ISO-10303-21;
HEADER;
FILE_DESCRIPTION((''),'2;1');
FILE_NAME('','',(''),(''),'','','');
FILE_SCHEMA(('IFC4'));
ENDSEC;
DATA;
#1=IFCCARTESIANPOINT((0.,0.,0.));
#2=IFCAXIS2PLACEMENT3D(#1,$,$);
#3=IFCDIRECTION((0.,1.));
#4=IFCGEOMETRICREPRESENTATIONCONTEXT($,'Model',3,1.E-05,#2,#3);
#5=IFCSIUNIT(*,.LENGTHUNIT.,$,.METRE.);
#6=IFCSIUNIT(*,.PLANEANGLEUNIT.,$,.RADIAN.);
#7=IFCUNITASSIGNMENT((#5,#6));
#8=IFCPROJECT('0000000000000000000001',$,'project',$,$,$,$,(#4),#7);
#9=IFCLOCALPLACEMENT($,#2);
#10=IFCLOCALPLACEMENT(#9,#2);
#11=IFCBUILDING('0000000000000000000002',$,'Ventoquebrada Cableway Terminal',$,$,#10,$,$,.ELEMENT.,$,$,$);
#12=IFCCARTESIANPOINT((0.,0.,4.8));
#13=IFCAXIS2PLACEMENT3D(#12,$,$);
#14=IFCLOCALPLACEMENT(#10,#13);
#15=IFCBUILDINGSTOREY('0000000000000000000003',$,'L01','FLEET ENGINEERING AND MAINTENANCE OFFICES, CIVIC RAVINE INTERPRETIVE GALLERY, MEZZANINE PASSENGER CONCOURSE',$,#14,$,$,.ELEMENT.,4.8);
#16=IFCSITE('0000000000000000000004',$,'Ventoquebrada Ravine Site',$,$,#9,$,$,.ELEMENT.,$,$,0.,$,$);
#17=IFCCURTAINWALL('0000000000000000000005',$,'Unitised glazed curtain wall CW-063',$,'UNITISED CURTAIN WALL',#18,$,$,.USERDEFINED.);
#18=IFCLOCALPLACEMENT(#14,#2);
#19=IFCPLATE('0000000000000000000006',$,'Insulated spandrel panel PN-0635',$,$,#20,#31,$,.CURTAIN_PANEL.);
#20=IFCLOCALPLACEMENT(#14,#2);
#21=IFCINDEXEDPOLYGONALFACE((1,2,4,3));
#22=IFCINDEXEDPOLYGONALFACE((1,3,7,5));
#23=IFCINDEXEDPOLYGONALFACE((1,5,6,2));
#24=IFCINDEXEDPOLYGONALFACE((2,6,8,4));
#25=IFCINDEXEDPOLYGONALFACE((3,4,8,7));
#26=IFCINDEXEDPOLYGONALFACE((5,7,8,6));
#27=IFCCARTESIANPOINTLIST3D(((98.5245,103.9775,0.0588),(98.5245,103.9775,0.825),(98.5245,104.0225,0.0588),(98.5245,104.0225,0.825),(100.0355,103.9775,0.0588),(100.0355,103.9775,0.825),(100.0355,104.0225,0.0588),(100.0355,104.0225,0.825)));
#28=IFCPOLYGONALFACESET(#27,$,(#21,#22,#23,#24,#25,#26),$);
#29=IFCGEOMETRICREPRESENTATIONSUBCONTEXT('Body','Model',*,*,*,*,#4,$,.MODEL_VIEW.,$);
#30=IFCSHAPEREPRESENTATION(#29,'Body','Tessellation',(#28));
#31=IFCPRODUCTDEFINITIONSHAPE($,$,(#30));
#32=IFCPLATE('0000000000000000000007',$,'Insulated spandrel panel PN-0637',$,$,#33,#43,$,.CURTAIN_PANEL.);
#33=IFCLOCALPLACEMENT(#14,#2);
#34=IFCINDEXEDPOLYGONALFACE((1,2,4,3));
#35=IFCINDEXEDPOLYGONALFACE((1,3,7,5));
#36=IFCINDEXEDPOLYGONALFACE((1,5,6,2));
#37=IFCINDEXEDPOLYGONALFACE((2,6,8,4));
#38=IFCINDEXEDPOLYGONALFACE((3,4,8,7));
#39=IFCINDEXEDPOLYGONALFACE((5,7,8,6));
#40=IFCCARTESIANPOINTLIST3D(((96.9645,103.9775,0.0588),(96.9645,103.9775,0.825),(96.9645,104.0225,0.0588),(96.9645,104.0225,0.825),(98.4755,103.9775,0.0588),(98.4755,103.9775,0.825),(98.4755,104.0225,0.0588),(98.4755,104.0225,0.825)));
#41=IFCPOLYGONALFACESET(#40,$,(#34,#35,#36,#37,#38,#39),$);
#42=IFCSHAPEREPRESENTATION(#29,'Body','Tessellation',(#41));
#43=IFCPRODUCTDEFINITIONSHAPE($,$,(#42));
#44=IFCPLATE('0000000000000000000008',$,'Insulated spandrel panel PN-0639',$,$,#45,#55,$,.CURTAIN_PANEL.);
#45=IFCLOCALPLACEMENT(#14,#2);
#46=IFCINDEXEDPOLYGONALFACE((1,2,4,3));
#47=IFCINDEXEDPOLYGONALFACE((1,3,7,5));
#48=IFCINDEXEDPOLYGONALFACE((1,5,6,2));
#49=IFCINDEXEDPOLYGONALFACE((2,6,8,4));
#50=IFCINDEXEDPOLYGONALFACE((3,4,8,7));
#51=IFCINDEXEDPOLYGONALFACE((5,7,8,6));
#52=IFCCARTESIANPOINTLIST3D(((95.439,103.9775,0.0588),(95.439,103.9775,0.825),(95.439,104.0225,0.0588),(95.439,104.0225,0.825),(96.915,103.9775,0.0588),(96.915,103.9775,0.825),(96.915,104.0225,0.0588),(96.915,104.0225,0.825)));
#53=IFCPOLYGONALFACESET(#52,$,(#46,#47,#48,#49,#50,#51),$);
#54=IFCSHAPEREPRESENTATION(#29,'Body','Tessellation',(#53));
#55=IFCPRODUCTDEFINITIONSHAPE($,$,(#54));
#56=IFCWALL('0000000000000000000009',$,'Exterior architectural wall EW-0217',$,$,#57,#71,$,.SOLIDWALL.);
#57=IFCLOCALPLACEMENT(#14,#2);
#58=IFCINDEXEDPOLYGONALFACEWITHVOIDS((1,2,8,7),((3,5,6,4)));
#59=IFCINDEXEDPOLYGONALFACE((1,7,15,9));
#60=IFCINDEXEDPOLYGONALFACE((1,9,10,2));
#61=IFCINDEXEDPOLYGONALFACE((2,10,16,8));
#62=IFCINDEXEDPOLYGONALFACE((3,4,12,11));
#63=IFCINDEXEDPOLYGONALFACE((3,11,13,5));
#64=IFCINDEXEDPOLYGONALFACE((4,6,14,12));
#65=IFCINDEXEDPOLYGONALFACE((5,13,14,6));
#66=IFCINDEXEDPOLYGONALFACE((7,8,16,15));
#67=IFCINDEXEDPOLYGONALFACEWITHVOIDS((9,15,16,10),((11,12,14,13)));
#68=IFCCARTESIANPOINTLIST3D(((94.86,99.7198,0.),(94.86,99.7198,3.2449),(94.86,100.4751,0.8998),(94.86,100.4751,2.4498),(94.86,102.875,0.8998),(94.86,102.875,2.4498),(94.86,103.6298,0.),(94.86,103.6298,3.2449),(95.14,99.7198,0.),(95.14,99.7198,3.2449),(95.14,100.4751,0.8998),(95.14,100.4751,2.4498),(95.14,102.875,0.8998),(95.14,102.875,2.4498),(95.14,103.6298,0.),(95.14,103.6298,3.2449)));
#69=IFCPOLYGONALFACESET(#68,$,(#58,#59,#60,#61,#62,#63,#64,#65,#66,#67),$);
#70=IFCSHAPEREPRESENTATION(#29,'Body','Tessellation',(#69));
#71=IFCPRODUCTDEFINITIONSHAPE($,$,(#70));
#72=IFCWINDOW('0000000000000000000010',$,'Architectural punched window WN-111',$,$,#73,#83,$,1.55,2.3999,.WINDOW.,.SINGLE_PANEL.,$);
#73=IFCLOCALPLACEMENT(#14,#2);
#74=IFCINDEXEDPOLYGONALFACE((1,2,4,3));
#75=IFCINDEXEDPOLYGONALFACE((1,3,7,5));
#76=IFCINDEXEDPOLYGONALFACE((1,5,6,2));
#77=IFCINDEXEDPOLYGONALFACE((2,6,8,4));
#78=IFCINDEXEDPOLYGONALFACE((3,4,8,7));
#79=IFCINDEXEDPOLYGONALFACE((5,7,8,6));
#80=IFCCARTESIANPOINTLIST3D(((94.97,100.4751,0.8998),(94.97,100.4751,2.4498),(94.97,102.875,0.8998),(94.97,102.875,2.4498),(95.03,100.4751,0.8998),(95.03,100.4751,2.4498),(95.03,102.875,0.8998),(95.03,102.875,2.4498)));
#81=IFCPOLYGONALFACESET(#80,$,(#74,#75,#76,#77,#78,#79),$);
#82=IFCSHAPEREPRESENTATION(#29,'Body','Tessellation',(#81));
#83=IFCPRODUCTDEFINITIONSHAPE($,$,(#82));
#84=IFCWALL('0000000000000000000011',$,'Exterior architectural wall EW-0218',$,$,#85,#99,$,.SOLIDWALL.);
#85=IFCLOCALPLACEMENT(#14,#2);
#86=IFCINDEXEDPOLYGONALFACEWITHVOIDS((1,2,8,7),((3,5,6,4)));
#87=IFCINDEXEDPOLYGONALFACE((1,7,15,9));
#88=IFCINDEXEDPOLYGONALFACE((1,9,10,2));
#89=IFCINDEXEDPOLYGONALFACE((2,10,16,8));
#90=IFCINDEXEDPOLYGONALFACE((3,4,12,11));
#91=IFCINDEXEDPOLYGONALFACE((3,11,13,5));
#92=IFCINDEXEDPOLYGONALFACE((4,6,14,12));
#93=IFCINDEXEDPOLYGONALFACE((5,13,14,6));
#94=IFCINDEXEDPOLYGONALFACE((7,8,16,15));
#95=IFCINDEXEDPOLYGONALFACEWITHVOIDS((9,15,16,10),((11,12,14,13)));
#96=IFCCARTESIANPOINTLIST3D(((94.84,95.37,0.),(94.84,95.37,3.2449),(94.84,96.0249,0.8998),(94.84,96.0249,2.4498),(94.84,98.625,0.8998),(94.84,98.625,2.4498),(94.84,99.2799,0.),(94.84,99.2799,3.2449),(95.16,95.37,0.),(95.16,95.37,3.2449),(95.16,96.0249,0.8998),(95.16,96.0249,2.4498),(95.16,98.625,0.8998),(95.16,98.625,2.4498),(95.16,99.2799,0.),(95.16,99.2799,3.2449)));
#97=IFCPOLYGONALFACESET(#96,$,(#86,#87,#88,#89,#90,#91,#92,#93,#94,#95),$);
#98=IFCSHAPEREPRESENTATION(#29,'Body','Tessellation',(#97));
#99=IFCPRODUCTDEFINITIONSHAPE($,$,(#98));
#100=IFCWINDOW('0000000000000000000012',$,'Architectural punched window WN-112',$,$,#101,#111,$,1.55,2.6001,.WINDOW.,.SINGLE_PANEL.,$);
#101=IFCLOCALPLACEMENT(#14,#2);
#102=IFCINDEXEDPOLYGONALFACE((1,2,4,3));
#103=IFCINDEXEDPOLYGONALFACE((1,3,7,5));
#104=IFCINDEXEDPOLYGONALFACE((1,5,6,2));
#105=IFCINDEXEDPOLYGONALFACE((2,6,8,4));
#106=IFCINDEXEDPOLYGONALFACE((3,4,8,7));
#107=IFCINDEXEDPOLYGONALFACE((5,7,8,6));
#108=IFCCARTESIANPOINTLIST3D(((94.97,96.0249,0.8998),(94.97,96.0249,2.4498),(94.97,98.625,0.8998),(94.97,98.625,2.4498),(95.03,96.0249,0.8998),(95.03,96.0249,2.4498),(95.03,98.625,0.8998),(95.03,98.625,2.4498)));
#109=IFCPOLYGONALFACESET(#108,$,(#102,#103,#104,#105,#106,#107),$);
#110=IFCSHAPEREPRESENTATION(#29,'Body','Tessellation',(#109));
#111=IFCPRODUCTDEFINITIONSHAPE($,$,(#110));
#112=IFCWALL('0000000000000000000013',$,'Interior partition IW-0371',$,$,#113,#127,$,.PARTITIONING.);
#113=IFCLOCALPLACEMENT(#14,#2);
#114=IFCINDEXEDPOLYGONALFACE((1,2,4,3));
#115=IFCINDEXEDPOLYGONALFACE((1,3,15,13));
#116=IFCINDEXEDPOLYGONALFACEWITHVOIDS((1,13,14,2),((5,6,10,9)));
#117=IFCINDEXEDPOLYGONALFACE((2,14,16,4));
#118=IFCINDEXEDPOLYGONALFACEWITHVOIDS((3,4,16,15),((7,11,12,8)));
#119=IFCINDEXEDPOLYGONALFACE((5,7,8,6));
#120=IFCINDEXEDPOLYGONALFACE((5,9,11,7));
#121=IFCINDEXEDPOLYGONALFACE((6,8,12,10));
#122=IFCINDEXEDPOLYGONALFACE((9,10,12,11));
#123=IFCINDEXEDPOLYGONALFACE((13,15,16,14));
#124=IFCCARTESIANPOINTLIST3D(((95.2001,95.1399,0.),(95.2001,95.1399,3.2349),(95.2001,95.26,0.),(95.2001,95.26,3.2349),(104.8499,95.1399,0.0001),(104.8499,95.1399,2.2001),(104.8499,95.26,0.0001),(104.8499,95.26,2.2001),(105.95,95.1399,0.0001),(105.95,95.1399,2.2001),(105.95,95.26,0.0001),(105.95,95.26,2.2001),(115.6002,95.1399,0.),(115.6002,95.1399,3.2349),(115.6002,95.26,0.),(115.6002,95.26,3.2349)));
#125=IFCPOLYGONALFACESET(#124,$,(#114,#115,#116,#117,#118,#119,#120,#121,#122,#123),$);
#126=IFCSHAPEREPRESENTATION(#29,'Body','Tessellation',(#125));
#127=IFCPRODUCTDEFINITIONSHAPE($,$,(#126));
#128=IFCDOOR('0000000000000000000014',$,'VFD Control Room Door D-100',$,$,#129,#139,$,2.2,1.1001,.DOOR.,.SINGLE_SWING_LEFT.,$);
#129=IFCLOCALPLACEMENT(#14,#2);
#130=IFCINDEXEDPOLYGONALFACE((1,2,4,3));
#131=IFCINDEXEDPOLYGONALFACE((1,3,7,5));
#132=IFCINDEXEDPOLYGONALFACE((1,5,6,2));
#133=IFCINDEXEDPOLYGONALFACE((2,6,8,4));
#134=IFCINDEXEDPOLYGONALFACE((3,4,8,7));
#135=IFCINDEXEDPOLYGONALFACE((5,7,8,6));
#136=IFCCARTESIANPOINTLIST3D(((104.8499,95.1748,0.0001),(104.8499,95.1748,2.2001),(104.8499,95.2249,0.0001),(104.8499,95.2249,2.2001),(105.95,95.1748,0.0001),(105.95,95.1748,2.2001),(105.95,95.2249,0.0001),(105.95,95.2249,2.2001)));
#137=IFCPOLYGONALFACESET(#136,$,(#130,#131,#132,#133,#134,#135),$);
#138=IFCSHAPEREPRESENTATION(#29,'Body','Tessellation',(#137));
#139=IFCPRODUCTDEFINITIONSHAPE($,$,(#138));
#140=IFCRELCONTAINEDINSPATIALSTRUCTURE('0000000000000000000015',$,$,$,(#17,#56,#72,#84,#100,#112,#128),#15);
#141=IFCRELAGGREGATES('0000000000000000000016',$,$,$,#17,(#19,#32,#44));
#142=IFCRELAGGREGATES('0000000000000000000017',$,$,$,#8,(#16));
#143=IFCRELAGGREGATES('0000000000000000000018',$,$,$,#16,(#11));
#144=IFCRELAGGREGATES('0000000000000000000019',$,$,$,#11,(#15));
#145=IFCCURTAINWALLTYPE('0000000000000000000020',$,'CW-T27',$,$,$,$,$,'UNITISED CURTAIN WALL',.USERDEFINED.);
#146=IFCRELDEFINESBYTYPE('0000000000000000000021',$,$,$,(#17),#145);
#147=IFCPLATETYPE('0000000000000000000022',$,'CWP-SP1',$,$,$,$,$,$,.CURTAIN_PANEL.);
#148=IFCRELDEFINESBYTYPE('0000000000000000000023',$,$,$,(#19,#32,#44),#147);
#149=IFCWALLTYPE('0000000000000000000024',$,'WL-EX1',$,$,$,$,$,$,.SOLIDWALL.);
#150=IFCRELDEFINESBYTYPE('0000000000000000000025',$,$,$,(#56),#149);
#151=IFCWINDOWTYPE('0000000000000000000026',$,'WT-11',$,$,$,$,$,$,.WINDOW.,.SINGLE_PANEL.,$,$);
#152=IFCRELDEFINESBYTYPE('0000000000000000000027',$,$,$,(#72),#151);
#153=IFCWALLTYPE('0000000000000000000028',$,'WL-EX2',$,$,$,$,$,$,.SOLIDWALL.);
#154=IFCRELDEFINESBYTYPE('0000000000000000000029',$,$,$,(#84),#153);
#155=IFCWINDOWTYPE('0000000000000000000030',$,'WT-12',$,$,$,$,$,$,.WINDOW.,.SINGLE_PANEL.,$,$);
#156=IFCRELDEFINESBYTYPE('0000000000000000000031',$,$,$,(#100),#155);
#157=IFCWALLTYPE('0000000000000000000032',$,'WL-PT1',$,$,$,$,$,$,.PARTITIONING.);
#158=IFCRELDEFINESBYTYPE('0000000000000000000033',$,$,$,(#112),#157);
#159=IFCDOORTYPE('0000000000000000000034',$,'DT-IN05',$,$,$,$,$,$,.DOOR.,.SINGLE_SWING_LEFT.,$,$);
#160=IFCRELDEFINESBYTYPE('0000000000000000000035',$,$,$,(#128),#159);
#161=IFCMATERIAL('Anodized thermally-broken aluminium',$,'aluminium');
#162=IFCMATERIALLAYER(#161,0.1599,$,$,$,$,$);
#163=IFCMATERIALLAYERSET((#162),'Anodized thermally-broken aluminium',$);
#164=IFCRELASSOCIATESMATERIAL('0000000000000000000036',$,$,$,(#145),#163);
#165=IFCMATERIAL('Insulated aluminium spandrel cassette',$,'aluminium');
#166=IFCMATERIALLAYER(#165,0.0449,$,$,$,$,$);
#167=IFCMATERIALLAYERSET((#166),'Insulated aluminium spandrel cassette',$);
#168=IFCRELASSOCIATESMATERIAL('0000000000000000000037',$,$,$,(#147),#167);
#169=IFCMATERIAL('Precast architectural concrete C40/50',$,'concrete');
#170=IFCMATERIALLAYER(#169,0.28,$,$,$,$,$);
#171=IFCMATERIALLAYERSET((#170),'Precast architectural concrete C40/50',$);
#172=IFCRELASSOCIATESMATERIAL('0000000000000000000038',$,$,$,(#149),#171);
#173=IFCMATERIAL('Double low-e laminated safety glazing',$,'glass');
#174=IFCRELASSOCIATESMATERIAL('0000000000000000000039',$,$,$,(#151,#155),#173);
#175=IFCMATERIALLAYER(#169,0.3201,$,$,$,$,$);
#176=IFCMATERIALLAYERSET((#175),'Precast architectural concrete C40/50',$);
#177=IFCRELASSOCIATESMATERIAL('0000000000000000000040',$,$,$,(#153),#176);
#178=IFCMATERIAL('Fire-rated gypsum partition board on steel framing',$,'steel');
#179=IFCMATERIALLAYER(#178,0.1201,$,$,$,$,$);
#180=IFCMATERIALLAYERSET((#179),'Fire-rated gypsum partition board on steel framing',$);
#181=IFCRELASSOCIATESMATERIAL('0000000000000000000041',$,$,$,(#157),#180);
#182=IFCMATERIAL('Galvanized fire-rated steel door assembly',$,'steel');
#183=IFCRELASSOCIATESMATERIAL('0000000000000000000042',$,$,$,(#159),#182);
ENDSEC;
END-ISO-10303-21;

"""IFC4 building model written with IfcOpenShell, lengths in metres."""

from ifc_helpers import new_model, si_unit, direction, frame, frame_2d, origin, origin_2d, place, context, subcontext, project, spatial, rectangle, extrude, material, layer, layer_set, type_object, element, fill, aggregate, save


model = new_model("IFC4")

# Units and contexts
model_context = context("Model", 3, precision=1e-05, world=origin(), true_north=direction((0.0, 1.0)))
body_context = subcontext(model_context, "Body", "Model", "MODEL_VIEW")
ifc_project = project(units=[si_unit("LENGTHUNIT", "METRE"), si_unit("PLANEANGLEUNIT", "RADIAN")], contexts=[model_context])

# Site, building, storey
site_placement = place(None, origin())
site = spatial("IfcSite", under=ifc_project, at=site_placement, Name="Ventoquebrada Ravine Site", CompositionType="ELEMENT", RefElevation=0.0)
building_placement = place(site_placement, origin())
building = spatial("IfcBuilding", under=site, at=building_placement, Name="Ventoquebrada Cableway Terminal", CompositionType="ELEMENT")
storey_placement = place(building_placement, frame((0.0, 0.0, 4.8)))
storey = spatial("IfcBuildingStorey", under=building, at=storey_placement, Name="L01", Description="FLEET ENGINEERING AND MAINTENANCE OFFICES, CIVIC RAVINE INTERPRETIVE GALLERY, MEZZANINE PASSENGER CONCOURSE", CompositionType="ELEMENT", Elevation=4.8)

# Curtain wall, plates
ifc_material_1 = material(Name="Anodized thermally-broken aluminium", Category="aluminium")
ifc_layer_1 = layer(ifc_material_1, 0.1599)
ifc_layer_set_1 = layer_set([ifc_layer_1], Name="Anodized thermally-broken aluminium")
curtain_wall_type = type_object("IfcCurtainWallType", Name="CW-T27", ElementType="UNITISED CURTAIN WALL", PredefinedType="USERDEFINED", material=ifc_layer_set_1)
curtain_wall_placement = place(storey_placement, origin())
curtain_wall = element("IfcCurtainWall", 1, at=curtain_wall_placement, inside=storey, type_object=curtain_wall_type, Name="Unitised glazed curtain wall CW-063", ObjectType="UNITISED CURTAIN WALL", PredefinedType="USERDEFINED")
ifc_material_2 = material(Name="Double low-e laminated safety glazing", Category="glass")
ifc_material_3 = material(Name="Insulated aluminium spandrel cassette", Category="aluminium")
ifc_layer_2 = layer(ifc_material_3, 0.0449)
ifc_layer_set_2 = layer_set([ifc_layer_2], Name="Insulated aluminium spandrel cassette")
plate_type_1 = type_object("IfcPlateType", Name="CWP-SP1", PredefinedType="CURTAIN_PANEL", material=ifc_layer_set_2)
plate_1_placement = place(storey_placement, frame((99.28, 104.0, 0.0588), z_axis=(0.0, 0.0, 1.0), x_axis=(-1.0, 0.0, 0.0)))
plate_1 = element("IfcPlate", 2, at=plate_1_placement, type_object=plate_type_1, Name="Insulated spandrel panel PN-0635", PredefinedType="CURTAIN_PANEL", context=body_context, shape_type="SweptSolid", body=[
    extrude(rectangle(XDim=1.511, YDim=0.0449, at=origin_2d()), origin(), (0.0, 0.0, 1.0), 0.7661),
])
plate_2_placement = place(storey_placement, frame((97.72, 104.0, 0.0588), z_axis=(0.0, 0.0, 1.0), x_axis=(-1.0, 0.0, 0.0)))
plate_2 = element("IfcPlate", 3, at=plate_2_placement, type_object=plate_type_1, Name="Insulated spandrel panel PN-0637", PredefinedType="CURTAIN_PANEL", context=body_context, shape_type="SweptSolid", body=[
    extrude(rectangle(XDim=1.511, YDim=0.0449, at=origin_2d()), origin(), (0.0, 0.0, 1.0), 0.7661),
])
plate_3_placement = place(storey_placement, frame((96.177, 104.0, 0.0588), z_axis=(0.0, 0.0, 1.0), x_axis=(-1.0, 0.0, 0.0)))
plate_3 = element("IfcPlate", 4, at=plate_3_placement, type_object=plate_type_1, Name="Insulated spandrel panel PN-0639", PredefinedType="CURTAIN_PANEL", context=body_context, shape_type="SweptSolid", body=[
    extrude(rectangle(XDim=1.4761, YDim=0.0449, at=origin_2d()), origin(), (0.0, 0.0, 1.0), 0.7661),
])
aggregate(curtain_wall, [plate_1, plate_2, plate_3])

# Walls, openings, windows
ifc_material_4 = material(Name="Precast architectural concrete C40/50", Category="concrete")
ifc_layer_3 = layer(ifc_material_4, 0.28)
ifc_layer_set_3 = layer_set([ifc_layer_3], Name="Precast architectural concrete C40/50")
wall_type_1 = type_object("IfcWallType", Name="WL-EX1", PredefinedType="SOLIDWALL", material=ifc_layer_set_3)
wall_1_placement = place(storey_placement, frame((95.0, 103.6299, 0.0), z_axis=(0.0, 0.0, 1.0), x_axis=(0.0, -1.0, 0.0)))
wall_1 = element("IfcWall", 5, at=wall_1_placement, inside=storey, type_object=wall_type_1, Name="Exterior architectural wall EW-0217", PredefinedType="SOLIDWALL", context=body_context, shape_type="SweptSolid", body=[
    extrude(rectangle(XDim=3.9099, YDim=0.28, at=frame_2d((1.9551, 0.0))), origin(), (0.0, 0.0, 1.0), 3.2449),
])
opening_1_placement = place(wall_1_placement, frame((0.7549, 0.0, 0.8999)))
opening_1 = element("IfcOpeningElement", 6, at=opening_1_placement, cuts=wall_1, PredefinedType="OPENING", context=body_context, shape_type="SweptSolid", body=[
    extrude(rectangle(XDim=2.3999, YDim=1.55, at=frame_2d((1.2, 0.7749))), frame((0.0, 0.1499, 0.0), z_axis=(0.0, -1.0, 0.0), x_axis=(1.0, 0.0, 0.0)), (0.0, 0.0, 1.0), 0.3),
])
window_type_1 = type_object("IfcWindowType", Name="WT-11", PartitioningType="SINGLE_PANEL", PredefinedType="WINDOW", material=ifc_material_2)
window_1_placement = place(opening_1_placement, origin())
window_1 = element("IfcWindow", 7, at=window_1_placement, inside=storey, type_object=window_type_1, Name="Architectural punched window WN-111", OverallHeight=1.55, OverallWidth=2.3999, PartitioningType="SINGLE_PANEL", PredefinedType="WINDOW", context=body_context, shape_type="SweptSolid", body=[
    extrude(rectangle(XDim=2.3999, YDim=1.55, at=frame_2d((1.2, 0.7749))), frame((0.0, 0.03, 0.0), z_axis=(0.0, -1.0, 0.0), x_axis=(1.0, 0.0, 0.0)), (0.0, 0.0, 1.0), 0.0601),
])
fill(opening_1, window_1)
ifc_layer_4 = layer(ifc_material_4, 0.3201)
ifc_layer_set_4 = layer_set([ifc_layer_4], Name="Precast architectural concrete C40/50")
wall_type_2 = type_object("IfcWallType", Name="WL-EX2", PredefinedType="SOLIDWALL", material=ifc_layer_set_4)
wall_2_placement = place(storey_placement, frame((95.0, 99.28, 0.0), z_axis=(0.0, 0.0, 1.0), x_axis=(0.0, -1.0, 0.0)))
wall_2 = element("IfcWall", 8, at=wall_2_placement, inside=storey, type_object=wall_type_2, Name="Exterior architectural wall EW-0218", PredefinedType="SOLIDWALL", context=body_context, shape_type="SweptSolid", body=[
    extrude(rectangle(XDim=3.9099, YDim=0.3201, at=frame_2d((1.9551, 0.0))), origin(), (0.0, 0.0, 1.0), 3.2449),
])
opening_2_placement = place(wall_2_placement, frame((0.655, 0.0, 0.8999)))
opening_2 = element("IfcOpeningElement", 9, at=opening_2_placement, cuts=wall_2, PredefinedType="OPENING", context=body_context, shape_type="SweptSolid", body=[
    extrude(rectangle(XDim=2.6001, YDim=1.55, at=frame_2d((1.3, 0.7749))), frame((0.0, 0.1699, 0.0), z_axis=(0.0, -1.0, 0.0), x_axis=(1.0, 0.0, 0.0)), (0.0, 0.0, 1.0), 0.3401),
])
window_type_2 = type_object("IfcWindowType", Name="WT-12", PartitioningType="SINGLE_PANEL", PredefinedType="WINDOW", material=ifc_material_2)
window_2_placement = place(opening_2_placement, origin())
window_2 = element("IfcWindow", 10, at=window_2_placement, inside=storey, type_object=window_type_2, Name="Architectural punched window WN-112", OverallHeight=1.55, OverallWidth=2.6001, PartitioningType="SINGLE_PANEL", PredefinedType="WINDOW", context=body_context, shape_type="SweptSolid", body=[
    extrude(rectangle(XDim=2.6001, YDim=1.55, at=frame_2d((1.3, 0.7749))), frame((0.0, 0.03, 0.0), z_axis=(0.0, -1.0, 0.0), x_axis=(1.0, 0.0, 0.0)), (0.0, 0.0, 1.0), 0.0601),
])
fill(opening_2, window_2)

# Wall, opening, door
ifc_material_5 = material(Name="Fire-rated gypsum partition board on steel framing", Category="steel")
ifc_layer_5 = layer(ifc_material_5, 0.1201)
ifc_layer_set_5 = layer_set([ifc_layer_5], Name="Fire-rated gypsum partition board on steel framing")
wall_type_3 = type_object("IfcWallType", Name="WL-PT1", PredefinedType="PARTITIONING", material=ifc_layer_set_5)
wall_3_placement = place(storey_placement, frame((95.2, 95.2, 0.0), z_axis=(0.0, 0.0, 1.0), x_axis=(1.0, 0.0, 0.0)))
wall_3 = element("IfcWall", 11, at=wall_3_placement, inside=storey, type_object=wall_type_3, Name="Interior partition IW-0371", PredefinedType="PARTITIONING", context=body_context, shape_type="SweptSolid", body=[
    extrude(rectangle(XDim=20.4001, YDim=0.1201, at=frame_2d((10.2002, 0.0))), origin(), (0.0, 0.0, 1.0), 3.2349),
])
opening_3_placement = place(wall_3_placement, frame((9.6499, 0.0, 0.0)))
opening_3 = element("IfcOpeningElement", 12, at=opening_3_placement, cuts=wall_3, PredefinedType="OPENING", context=body_context, shape_type="SweptSolid", body=[
    extrude(rectangle(XDim=1.1001, YDim=2.2, at=frame_2d((0.55, 1.1001))), frame((0.0, 0.0701, 0.0), z_axis=(0.0, -1.0, 0.0), x_axis=(1.0, 0.0, 0.0)), (0.0, 0.0, 1.0), 0.1401),
])
ifc_material_6 = material(Name="Galvanized fire-rated steel door assembly", Category="steel")
door_type = type_object("IfcDoorType", Name="DT-IN05", OperationType="SINGLE_SWING_LEFT", PredefinedType="DOOR", material=ifc_material_6)
door_placement = place(opening_3_placement, origin())
door = element("IfcDoor", 13, at=door_placement, inside=storey, type_object=door_type, Name="VFD Control Room Door D-100", OperationType="SINGLE_SWING_LEFT", OverallHeight=2.2, OverallWidth=1.1001, PredefinedType="DOOR", context=body_context, shape_type="SweptSolid", body=[
    extrude(rectangle(XDim=1.1001, YDim=2.2, at=frame_2d((0.55, 1.1001))), frame((0.0, 0.0249, 0.0), z_axis=(0.0, -1.0, 0.0), x_axis=(1.0, 0.0, 0.0)), (0.0, 0.0, 1.0), 0.05),
])
fill(opening_3, door)

save(model, "model.ifc")
